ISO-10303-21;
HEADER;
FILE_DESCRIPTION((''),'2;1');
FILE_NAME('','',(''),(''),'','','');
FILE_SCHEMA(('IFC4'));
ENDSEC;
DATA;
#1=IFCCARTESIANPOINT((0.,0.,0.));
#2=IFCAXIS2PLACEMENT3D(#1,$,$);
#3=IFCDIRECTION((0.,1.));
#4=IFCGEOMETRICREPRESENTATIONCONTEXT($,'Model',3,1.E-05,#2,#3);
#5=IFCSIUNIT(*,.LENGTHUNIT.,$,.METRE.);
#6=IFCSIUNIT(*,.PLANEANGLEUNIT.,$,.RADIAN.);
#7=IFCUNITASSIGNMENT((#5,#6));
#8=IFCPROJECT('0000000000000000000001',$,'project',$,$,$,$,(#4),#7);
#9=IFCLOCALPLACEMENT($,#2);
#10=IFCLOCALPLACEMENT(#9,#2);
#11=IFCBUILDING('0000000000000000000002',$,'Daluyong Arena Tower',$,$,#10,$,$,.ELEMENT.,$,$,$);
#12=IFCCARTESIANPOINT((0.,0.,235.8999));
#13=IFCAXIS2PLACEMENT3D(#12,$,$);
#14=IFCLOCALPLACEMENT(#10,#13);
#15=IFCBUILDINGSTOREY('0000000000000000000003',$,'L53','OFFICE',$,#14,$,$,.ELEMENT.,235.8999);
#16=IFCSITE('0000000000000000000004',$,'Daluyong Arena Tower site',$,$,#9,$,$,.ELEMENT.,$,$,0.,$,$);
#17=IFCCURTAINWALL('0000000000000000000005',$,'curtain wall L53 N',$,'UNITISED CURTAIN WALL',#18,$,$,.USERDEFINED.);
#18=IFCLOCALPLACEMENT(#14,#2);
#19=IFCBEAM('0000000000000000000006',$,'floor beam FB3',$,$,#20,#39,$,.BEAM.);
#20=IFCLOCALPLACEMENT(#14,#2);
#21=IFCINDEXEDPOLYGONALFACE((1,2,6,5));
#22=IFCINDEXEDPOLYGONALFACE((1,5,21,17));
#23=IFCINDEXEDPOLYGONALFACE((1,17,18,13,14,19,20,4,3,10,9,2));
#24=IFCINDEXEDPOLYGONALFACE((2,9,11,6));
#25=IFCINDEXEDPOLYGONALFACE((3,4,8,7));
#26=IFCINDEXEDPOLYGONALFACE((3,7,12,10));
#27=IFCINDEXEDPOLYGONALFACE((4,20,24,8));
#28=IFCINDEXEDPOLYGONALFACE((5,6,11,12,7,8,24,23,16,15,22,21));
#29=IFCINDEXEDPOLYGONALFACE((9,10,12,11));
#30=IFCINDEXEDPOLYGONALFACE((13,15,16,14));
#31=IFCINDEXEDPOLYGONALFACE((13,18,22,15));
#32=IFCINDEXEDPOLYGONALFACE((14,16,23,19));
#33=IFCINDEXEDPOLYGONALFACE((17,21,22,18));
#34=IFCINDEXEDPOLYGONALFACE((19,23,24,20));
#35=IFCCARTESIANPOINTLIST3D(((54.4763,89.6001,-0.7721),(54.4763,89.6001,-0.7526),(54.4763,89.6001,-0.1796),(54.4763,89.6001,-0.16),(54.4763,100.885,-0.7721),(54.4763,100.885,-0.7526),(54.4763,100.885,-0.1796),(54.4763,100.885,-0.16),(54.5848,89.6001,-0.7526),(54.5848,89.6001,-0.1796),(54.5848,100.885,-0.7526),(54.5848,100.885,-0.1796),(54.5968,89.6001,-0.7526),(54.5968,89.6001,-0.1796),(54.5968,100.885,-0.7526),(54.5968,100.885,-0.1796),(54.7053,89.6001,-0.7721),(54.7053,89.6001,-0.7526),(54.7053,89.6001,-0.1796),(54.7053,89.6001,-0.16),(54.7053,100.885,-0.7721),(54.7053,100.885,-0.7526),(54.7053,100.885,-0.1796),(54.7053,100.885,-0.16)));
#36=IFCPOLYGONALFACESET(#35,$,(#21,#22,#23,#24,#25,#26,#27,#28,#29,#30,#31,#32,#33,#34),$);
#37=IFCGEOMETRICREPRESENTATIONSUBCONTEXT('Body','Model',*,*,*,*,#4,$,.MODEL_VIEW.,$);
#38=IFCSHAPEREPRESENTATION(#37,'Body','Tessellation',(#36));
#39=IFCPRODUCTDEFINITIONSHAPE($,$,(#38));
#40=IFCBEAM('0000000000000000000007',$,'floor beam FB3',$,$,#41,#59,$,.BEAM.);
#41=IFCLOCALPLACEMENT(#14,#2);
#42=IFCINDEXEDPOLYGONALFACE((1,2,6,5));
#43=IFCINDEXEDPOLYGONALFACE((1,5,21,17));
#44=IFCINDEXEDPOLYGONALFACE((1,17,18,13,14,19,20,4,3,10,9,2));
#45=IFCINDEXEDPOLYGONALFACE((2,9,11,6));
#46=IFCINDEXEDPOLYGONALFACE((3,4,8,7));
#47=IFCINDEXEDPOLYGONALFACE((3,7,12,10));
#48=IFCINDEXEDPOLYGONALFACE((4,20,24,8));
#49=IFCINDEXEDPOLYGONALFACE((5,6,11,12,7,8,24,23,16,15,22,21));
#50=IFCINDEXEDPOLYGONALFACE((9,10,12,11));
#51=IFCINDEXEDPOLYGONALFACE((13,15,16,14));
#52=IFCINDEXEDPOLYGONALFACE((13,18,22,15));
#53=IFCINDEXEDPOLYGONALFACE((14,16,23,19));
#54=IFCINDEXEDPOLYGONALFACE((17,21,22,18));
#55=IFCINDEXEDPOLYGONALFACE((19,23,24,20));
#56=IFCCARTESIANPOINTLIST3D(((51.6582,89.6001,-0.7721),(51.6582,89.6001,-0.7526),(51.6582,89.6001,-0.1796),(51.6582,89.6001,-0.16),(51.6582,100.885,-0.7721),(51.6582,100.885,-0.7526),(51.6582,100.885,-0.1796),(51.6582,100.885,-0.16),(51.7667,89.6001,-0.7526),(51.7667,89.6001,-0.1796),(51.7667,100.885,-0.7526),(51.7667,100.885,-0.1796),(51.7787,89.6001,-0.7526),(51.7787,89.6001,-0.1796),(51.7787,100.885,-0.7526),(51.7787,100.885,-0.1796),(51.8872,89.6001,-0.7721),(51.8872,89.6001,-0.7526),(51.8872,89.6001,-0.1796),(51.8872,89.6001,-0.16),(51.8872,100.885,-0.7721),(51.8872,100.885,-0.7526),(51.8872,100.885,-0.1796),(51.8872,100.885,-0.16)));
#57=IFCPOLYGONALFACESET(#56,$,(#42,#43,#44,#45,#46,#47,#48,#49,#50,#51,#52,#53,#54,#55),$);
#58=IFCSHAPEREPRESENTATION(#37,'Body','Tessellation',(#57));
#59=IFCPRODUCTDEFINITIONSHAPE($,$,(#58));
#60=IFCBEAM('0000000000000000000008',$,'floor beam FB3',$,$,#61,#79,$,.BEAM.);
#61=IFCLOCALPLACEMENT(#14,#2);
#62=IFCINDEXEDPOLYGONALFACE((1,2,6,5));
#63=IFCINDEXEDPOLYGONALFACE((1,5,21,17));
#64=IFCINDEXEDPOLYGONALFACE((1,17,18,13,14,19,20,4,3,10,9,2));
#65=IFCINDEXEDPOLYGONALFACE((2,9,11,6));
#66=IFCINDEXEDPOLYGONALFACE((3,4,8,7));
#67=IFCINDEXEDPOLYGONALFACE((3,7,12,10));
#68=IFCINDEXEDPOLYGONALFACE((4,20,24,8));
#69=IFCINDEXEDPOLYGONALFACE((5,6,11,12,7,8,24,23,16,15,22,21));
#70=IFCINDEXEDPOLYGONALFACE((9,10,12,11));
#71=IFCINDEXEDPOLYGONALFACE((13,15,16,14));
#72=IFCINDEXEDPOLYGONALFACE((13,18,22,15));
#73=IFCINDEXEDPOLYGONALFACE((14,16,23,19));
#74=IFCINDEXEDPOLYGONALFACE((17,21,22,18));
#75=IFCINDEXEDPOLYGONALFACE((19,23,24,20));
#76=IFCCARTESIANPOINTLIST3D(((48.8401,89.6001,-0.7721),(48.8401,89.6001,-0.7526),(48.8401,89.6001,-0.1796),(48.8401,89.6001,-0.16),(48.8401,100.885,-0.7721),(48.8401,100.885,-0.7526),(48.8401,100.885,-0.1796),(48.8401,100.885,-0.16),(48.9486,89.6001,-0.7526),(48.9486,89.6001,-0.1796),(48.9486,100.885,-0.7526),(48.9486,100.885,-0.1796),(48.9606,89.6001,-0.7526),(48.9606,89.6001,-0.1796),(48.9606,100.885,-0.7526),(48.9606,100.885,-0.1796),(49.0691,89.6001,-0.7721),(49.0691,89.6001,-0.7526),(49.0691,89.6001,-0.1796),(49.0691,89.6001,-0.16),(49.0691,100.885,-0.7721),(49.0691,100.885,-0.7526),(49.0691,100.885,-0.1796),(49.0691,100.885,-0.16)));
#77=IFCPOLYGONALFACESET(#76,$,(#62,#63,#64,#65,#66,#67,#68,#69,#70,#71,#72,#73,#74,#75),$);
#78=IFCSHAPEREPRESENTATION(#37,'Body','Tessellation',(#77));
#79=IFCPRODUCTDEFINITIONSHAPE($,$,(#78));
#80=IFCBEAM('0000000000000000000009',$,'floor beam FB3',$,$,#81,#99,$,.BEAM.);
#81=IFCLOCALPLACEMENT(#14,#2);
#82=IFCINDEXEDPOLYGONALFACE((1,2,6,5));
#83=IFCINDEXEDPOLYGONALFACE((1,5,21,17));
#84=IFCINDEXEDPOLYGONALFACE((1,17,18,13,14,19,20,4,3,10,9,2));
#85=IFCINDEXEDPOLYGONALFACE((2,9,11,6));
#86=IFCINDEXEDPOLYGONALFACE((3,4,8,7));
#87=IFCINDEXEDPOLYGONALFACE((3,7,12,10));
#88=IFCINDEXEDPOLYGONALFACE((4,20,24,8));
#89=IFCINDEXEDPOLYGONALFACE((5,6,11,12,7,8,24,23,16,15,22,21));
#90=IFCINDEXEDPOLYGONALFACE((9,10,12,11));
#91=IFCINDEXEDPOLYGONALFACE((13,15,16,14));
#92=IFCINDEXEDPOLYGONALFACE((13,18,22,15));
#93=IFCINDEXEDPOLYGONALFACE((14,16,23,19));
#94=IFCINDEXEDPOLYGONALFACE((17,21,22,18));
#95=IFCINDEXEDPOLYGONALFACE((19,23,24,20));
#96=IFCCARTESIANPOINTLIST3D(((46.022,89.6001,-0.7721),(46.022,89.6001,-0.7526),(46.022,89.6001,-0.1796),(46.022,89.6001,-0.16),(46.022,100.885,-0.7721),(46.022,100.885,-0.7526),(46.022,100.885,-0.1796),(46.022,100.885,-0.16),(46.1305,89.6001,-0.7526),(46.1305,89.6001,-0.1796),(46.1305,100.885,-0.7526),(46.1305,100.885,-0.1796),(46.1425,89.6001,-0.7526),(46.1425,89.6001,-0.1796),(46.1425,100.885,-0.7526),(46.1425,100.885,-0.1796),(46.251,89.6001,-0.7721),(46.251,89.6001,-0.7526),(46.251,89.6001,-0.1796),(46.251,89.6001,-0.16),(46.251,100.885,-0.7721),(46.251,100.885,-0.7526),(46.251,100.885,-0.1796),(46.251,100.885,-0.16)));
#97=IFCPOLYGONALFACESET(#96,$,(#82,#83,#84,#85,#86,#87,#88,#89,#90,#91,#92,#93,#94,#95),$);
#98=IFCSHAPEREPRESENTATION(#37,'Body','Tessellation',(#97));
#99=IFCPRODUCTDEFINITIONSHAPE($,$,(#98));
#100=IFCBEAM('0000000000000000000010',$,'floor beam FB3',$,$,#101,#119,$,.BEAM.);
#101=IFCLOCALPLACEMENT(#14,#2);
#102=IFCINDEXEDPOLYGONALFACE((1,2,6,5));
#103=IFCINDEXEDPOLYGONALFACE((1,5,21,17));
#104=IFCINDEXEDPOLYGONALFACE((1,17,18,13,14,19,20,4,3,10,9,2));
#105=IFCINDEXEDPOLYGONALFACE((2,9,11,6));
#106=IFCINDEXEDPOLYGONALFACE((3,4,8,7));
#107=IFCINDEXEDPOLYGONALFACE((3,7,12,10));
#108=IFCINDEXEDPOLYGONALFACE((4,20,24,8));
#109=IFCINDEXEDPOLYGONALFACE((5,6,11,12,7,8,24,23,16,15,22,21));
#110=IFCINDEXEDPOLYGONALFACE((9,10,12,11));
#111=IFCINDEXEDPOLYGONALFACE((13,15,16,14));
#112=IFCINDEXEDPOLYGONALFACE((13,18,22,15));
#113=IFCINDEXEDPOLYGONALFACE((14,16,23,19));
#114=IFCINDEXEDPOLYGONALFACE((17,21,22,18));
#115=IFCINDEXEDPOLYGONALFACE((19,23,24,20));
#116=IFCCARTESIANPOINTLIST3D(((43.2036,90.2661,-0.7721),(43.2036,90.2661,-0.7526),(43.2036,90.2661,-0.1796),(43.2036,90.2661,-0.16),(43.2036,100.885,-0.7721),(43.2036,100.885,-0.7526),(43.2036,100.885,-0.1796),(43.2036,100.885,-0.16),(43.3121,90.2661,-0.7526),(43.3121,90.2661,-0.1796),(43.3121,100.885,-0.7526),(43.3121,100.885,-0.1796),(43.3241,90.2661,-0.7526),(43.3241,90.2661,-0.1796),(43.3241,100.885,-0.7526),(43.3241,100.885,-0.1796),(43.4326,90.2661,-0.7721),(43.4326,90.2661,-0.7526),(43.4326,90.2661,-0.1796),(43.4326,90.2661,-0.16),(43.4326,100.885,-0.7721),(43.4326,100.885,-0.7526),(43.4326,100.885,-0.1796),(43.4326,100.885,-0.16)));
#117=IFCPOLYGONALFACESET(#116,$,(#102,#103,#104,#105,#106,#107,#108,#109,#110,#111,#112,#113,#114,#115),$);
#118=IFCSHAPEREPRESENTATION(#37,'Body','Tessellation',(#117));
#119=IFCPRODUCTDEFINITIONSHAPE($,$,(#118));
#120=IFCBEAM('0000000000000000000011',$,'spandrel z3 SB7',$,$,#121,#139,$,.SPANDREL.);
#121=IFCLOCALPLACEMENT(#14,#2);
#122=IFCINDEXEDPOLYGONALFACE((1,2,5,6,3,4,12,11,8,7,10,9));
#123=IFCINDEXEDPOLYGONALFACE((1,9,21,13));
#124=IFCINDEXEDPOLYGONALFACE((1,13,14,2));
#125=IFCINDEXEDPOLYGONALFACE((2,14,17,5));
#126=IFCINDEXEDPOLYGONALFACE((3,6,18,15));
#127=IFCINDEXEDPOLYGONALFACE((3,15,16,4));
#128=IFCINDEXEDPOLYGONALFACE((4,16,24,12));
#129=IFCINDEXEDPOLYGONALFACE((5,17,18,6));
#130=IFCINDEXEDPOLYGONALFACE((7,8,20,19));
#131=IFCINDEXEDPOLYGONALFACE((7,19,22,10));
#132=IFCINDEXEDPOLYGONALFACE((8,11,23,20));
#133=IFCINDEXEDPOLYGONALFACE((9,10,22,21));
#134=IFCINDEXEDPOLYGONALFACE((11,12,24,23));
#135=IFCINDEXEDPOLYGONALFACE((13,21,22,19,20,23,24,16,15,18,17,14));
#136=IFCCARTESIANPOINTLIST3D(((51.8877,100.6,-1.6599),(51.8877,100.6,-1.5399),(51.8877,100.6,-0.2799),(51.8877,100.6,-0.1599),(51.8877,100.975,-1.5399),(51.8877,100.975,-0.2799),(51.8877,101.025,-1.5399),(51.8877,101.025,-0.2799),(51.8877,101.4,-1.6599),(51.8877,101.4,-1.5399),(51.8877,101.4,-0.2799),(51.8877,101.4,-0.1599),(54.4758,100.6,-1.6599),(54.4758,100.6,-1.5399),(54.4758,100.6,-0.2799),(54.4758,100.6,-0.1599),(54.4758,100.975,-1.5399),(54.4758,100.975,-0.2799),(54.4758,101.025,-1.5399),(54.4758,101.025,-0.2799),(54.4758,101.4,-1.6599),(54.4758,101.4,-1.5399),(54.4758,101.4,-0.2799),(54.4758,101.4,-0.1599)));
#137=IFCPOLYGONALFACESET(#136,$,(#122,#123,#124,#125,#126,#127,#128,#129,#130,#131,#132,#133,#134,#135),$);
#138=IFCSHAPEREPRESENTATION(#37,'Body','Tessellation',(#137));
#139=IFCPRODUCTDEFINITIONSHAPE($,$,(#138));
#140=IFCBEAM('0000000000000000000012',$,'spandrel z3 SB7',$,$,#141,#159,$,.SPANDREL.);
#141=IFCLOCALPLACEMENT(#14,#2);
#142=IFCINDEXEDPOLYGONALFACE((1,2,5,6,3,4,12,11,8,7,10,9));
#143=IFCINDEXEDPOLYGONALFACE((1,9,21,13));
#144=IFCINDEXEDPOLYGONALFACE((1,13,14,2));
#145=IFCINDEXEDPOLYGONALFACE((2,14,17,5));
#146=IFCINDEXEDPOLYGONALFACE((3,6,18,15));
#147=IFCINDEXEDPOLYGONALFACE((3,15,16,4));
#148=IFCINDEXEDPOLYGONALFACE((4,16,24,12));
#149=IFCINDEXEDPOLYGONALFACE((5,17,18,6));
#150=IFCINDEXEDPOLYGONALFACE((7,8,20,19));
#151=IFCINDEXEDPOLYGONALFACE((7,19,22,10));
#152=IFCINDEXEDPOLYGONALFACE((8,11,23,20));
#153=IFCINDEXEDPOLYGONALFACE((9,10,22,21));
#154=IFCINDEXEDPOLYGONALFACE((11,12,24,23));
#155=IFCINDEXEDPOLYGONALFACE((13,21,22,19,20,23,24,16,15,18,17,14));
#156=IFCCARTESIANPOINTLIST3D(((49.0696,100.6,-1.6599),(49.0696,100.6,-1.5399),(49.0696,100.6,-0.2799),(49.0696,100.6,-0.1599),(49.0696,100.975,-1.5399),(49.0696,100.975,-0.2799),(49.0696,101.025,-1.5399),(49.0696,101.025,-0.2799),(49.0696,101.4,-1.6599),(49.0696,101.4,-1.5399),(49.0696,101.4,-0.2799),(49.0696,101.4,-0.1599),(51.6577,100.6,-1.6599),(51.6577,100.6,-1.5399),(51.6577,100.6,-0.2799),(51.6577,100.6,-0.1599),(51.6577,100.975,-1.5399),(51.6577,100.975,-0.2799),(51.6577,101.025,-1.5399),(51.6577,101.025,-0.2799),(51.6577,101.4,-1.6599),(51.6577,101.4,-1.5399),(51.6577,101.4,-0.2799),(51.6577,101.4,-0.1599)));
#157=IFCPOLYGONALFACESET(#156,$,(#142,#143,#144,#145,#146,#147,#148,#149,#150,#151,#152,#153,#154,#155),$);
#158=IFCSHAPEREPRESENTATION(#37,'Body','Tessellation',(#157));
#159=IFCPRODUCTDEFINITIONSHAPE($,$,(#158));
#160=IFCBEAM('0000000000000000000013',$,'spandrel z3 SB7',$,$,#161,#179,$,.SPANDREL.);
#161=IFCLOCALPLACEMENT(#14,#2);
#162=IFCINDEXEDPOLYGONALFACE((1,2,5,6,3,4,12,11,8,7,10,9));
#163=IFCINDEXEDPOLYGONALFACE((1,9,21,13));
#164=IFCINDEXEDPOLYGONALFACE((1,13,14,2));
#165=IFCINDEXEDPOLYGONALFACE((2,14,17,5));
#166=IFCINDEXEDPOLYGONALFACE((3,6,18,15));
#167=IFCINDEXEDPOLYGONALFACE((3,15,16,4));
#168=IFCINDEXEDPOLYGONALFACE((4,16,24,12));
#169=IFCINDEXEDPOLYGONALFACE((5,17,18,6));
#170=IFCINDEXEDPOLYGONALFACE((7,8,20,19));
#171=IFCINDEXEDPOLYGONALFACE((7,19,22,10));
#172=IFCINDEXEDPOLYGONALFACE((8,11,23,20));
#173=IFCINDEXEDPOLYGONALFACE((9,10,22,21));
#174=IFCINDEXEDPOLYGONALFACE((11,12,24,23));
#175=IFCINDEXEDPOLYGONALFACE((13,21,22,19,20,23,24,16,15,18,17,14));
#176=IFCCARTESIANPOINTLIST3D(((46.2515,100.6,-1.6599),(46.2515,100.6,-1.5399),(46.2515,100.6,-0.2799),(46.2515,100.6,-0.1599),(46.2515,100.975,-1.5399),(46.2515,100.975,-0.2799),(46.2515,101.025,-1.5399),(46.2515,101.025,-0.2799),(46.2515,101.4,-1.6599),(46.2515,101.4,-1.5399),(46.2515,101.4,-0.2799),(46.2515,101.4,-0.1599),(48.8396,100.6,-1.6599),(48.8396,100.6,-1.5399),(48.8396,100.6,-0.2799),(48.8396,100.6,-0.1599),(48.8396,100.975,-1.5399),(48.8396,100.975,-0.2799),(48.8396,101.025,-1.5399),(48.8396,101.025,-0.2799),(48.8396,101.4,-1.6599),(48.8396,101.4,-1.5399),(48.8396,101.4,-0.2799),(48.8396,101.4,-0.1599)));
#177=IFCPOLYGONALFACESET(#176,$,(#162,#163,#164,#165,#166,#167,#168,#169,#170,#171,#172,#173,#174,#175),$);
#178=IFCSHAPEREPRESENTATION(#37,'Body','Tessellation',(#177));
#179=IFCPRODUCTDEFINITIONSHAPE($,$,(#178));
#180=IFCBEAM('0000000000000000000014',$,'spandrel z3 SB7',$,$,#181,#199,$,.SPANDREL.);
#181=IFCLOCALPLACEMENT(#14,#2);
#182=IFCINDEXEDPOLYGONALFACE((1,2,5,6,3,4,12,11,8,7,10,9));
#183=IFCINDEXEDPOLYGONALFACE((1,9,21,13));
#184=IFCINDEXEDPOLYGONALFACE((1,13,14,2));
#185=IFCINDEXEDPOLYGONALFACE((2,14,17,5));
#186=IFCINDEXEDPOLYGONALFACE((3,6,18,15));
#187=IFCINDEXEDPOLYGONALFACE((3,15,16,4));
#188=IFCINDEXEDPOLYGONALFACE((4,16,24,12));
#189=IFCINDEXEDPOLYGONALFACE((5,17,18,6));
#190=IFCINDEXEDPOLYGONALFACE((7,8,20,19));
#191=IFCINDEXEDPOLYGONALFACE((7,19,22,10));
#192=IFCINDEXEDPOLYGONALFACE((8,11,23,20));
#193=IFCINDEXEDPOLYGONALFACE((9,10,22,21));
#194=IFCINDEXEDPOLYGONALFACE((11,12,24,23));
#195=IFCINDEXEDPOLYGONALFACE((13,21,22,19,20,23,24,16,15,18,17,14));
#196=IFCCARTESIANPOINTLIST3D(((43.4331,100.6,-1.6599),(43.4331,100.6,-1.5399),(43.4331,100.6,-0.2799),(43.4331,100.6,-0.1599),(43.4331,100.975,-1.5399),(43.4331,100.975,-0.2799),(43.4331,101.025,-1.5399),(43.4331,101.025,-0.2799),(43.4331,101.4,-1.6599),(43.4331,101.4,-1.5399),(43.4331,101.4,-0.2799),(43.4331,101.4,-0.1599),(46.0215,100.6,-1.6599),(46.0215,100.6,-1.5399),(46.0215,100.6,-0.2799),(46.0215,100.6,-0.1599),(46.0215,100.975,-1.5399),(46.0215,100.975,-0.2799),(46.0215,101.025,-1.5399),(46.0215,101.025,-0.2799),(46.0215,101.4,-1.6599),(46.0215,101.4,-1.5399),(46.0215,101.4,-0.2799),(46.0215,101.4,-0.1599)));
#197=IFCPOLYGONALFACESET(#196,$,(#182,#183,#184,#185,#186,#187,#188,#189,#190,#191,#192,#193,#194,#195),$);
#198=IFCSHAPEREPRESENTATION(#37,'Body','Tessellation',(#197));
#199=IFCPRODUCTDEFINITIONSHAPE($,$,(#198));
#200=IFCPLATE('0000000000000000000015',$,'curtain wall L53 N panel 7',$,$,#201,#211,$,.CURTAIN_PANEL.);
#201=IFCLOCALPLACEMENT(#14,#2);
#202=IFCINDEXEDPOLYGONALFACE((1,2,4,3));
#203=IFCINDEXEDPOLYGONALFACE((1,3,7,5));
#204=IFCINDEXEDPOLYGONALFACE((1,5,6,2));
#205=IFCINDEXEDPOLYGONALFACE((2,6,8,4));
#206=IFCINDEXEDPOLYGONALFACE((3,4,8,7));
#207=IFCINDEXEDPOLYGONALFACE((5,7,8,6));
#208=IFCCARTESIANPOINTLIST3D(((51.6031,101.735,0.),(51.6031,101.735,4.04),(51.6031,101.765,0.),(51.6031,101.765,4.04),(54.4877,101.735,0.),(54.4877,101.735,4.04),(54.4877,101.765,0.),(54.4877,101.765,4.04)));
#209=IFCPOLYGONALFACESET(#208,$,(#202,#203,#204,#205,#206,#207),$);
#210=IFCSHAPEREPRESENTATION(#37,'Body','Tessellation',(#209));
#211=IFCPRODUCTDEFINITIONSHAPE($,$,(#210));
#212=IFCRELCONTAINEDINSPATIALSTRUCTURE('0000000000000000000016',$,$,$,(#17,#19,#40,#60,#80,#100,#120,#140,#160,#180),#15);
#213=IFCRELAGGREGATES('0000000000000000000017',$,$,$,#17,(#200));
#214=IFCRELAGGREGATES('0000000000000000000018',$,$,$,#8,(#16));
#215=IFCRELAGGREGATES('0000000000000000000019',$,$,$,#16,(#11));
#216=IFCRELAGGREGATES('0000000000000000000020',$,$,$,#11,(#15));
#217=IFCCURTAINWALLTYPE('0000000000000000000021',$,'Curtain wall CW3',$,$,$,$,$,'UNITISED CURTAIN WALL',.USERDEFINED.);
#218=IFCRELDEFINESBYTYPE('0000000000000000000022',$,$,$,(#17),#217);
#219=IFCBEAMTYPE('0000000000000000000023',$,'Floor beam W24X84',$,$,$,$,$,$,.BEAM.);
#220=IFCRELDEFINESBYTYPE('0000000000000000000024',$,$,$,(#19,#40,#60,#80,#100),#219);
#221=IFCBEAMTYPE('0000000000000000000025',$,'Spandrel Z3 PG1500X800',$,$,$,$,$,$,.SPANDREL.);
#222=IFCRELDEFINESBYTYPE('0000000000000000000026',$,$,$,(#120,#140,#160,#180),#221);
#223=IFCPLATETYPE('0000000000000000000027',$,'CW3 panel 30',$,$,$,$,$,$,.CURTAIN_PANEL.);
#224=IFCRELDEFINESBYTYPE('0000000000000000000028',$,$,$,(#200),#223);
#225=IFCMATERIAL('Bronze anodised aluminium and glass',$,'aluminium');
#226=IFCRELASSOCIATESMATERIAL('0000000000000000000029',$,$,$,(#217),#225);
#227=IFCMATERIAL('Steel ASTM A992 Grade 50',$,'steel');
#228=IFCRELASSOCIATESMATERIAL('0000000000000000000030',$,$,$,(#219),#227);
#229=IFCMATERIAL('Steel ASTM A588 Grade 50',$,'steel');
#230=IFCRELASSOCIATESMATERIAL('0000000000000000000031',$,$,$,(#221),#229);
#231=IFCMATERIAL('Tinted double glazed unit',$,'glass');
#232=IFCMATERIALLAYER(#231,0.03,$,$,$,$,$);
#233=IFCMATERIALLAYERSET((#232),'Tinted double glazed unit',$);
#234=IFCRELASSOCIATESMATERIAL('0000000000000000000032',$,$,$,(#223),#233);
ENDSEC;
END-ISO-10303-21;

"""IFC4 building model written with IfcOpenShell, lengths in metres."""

from ifc_helpers import new_model, si_unit, direction, frame, origin, origin_2d, place, context, subcontext, project, spatial, rectangle, i_section, extrude, material, layer, layer_set, material_profile, profile_set, type_object, element, aggregate, save


model = new_model("IFC4")

# Units and contexts
model_context = context("Model", 3, precision=1e-05, world=origin(), true_north=direction((0.0, 1.0)))
body_context = subcontext(model_context, "Body", "Model", "MODEL_VIEW")
ifc_project = project(units=[si_unit("LENGTHUNIT", "METRE"), si_unit("PLANEANGLEUNIT", "RADIAN")], contexts=[model_context])

# Site, building, storey
site_placement = place(None, origin())
site = spatial("IfcSite", under=ifc_project, at=site_placement, Name="Daluyong Arena Tower site", CompositionType="ELEMENT", RefElevation=0.0)
building_placement = place(site_placement, origin())
building = spatial("IfcBuilding", under=site, at=building_placement, Name="Daluyong Arena Tower", CompositionType="ELEMENT")
storey_placement = place(building_placement, frame((0.0, 0.0, 235.8999)))
storey = spatial("IfcBuildingStorey", under=building, at=storey_placement, Name="L53", Description="OFFICE", CompositionType="ELEMENT", Elevation=235.8999)

# Curtain wall
ifc_material_1 = material(Name="Bronze anodised aluminium and glass", Category="aluminium")
curtain_wall_type = type_object("IfcCurtainWallType", Name="Curtain wall CW3", ElementType="UNITISED CURTAIN WALL", PredefinedType="USERDEFINED", material=ifc_material_1)
curtain_wall_placement = place(storey_placement, origin())
curtain_wall = element("IfcCurtainWall", 1, at=curtain_wall_placement, inside=storey, type_object=curtain_wall_type, Name="curtain wall L53 N", ObjectType="UNITISED CURTAIN WALL", PredefinedType="USERDEFINED")

# Beams
ifc_material_2 = material(Name="Steel ASTM A992 Grade 50", Category="steel")
ifc_material_profile_1 = material_profile(ifc_material_2, i_section(OverallWidth=0.229, OverallDepth=0.6121, WebThickness=0.012, FlangeThickness=0.0195, at=origin_2d()))
ifc_profile_set_1 = profile_set([ifc_material_profile_1], Name="Steel ASTM A992 Grade 50")
beam_type_1 = type_object("IfcBeamType", Name="Floor beam W24X84", PredefinedType="BEAM", material=ifc_profile_set_1)
for number, where, z_axis, x_axis, name in (
    (2, (54.5908, 100.885, -0.4661), (0.0, -1.0, 0.0), (1.0, 0.0, 0.0), "floor beam FB3"),
    (3, (51.7727, 100.885, -0.4661), (0.0, -1.0, 0.0), (1.0, 0.0, 0.0), "floor beam FB3"),
    (4, (48.9546, 100.885, -0.4661), (0.0, -1.0, 0.0), (1.0, 0.0, 0.0), "floor beam FB3"),
    (5, (46.1365, 100.885, -0.4661), (0.0, -1.0, 0.0), (1.0, 0.0, 0.0), "floor beam FB3"),
):
    element("IfcBeam", number, at=place(storey_placement, frame(where, z_axis=z_axis, x_axis=x_axis)), inside=storey, type_object=beam_type_1, Name=name, PredefinedType="BEAM", context=body_context, shape_type="SweptSolid", body=[
        extrude(i_section(OverallWidth=0.229, OverallDepth=0.6121, WebThickness=0.012, FlangeThickness=0.0195, at=origin_2d()), origin(), (0.0, 0.0, 1.0), 11.2849),
    ])
beam_1_placement = place(storey_placement, frame((43.3181, 100.885, -0.4661), z_axis=(0.0, -1.0, 0.0), x_axis=(1.0, 0.0, 0.0)))
element("IfcBeam", 6, at=beam_1_placement, inside=storey, type_object=beam_type_1, Name="floor beam FB3", PredefinedType="BEAM", context=body_context, shape_type="SweptSolid", body=[
    extrude(i_section(OverallWidth=0.229, OverallDepth=0.6121, WebThickness=0.012, FlangeThickness=0.0195, at=origin_2d()), origin(), (0.0, 0.0, 1.0), 10.6189),
])
ifc_material_3 = material(Name="Steel ASTM A588 Grade 50", Category="steel")
ifc_material_profile_2 = material_profile(ifc_material_3, i_section(OverallWidth=0.8, OverallDepth=1.5, WebThickness=0.05, FlangeThickness=0.12, at=origin_2d()))
ifc_profile_set_2 = profile_set([ifc_material_profile_2], Name="Steel ASTM A588 Grade 50")
beam_type_2 = type_object("IfcBeamType", Name="Spandrel Z3 PG1500X800", PredefinedType="SPANDREL", material=ifc_profile_set_2)
for number, where, z_axis, x_axis, name in (
    (7, (54.4758, 101.0, -0.9099), (-1.0, 0.0, 0.0), (0.0, -1.0, 0.0), "spandrel z3 SB7"),
    (8, (51.6577, 101.0, -0.9099), (-1.0, 0.0, 0.0), (0.0, -1.0, 0.0), "spandrel z3 SB7"),
    (9, (48.8396, 101.0, -0.9099), (-1.0, 0.0, 0.0), (0.0, -1.0, 0.0), "spandrel z3 SB7"),
):
    element("IfcBeam", number, at=place(storey_placement, frame(where, z_axis=z_axis, x_axis=x_axis)), inside=storey, type_object=beam_type_2, Name=name, PredefinedType="SPANDREL", context=body_context, shape_type="SweptSolid", body=[
        extrude(i_section(OverallWidth=0.8, OverallDepth=1.5, WebThickness=0.05, FlangeThickness=0.12, at=origin_2d()), origin(), (0.0, 0.0, 1.0), 2.5881),
    ])
beam_2_placement = place(storey_placement, frame((46.0215, 101.0, -0.9099), z_axis=(-1.0, 0.0, 0.0), x_axis=(0.0, -1.0, 0.0)))
element("IfcBeam", 10, at=beam_2_placement, inside=storey, type_object=beam_type_2, Name="spandrel z3 SB7", PredefinedType="SPANDREL", context=body_context, shape_type="SweptSolid", body=[
    extrude(i_section(OverallWidth=0.8, OverallDepth=1.5, WebThickness=0.05, FlangeThickness=0.12, at=origin_2d()), origin(), (0.0, 0.0, 1.0), 2.5884),
])

# Plate
ifc_material_4 = material(Name="Tinted double glazed unit", Category="glass")
ifc_layer_1 = layer(ifc_material_4, 0.03)
ifc_layer_set_1 = layer_set([ifc_layer_1], Name="Tinted double glazed unit")
plate_type = type_object("IfcPlateType", Name="CW3 panel 30", PredefinedType="CURTAIN_PANEL", material=ifc_layer_set_1)
plate_1_placement = place(storey_placement, frame((53.0454, 101.75, 0.0), z_axis=(0.0, 0.0, 1.0), x_axis=(-1.0, 0.0, 0.0)))
plate_1 = element("IfcPlate", 11, at=plate_1_placement, type_object=plate_type, Name="curtain wall L53 N panel 7", PredefinedType="CURTAIN_PANEL", context=body_context, shape_type="SweptSolid", body=[
    extrude(rectangle(XDim=2.8845, YDim=0.03, at=origin_2d()), origin(), (0.0, 0.0, 1.0), 4.04),
])
aggregate(curtain_wall, [plate_1])

save(model, "model.ifc")
